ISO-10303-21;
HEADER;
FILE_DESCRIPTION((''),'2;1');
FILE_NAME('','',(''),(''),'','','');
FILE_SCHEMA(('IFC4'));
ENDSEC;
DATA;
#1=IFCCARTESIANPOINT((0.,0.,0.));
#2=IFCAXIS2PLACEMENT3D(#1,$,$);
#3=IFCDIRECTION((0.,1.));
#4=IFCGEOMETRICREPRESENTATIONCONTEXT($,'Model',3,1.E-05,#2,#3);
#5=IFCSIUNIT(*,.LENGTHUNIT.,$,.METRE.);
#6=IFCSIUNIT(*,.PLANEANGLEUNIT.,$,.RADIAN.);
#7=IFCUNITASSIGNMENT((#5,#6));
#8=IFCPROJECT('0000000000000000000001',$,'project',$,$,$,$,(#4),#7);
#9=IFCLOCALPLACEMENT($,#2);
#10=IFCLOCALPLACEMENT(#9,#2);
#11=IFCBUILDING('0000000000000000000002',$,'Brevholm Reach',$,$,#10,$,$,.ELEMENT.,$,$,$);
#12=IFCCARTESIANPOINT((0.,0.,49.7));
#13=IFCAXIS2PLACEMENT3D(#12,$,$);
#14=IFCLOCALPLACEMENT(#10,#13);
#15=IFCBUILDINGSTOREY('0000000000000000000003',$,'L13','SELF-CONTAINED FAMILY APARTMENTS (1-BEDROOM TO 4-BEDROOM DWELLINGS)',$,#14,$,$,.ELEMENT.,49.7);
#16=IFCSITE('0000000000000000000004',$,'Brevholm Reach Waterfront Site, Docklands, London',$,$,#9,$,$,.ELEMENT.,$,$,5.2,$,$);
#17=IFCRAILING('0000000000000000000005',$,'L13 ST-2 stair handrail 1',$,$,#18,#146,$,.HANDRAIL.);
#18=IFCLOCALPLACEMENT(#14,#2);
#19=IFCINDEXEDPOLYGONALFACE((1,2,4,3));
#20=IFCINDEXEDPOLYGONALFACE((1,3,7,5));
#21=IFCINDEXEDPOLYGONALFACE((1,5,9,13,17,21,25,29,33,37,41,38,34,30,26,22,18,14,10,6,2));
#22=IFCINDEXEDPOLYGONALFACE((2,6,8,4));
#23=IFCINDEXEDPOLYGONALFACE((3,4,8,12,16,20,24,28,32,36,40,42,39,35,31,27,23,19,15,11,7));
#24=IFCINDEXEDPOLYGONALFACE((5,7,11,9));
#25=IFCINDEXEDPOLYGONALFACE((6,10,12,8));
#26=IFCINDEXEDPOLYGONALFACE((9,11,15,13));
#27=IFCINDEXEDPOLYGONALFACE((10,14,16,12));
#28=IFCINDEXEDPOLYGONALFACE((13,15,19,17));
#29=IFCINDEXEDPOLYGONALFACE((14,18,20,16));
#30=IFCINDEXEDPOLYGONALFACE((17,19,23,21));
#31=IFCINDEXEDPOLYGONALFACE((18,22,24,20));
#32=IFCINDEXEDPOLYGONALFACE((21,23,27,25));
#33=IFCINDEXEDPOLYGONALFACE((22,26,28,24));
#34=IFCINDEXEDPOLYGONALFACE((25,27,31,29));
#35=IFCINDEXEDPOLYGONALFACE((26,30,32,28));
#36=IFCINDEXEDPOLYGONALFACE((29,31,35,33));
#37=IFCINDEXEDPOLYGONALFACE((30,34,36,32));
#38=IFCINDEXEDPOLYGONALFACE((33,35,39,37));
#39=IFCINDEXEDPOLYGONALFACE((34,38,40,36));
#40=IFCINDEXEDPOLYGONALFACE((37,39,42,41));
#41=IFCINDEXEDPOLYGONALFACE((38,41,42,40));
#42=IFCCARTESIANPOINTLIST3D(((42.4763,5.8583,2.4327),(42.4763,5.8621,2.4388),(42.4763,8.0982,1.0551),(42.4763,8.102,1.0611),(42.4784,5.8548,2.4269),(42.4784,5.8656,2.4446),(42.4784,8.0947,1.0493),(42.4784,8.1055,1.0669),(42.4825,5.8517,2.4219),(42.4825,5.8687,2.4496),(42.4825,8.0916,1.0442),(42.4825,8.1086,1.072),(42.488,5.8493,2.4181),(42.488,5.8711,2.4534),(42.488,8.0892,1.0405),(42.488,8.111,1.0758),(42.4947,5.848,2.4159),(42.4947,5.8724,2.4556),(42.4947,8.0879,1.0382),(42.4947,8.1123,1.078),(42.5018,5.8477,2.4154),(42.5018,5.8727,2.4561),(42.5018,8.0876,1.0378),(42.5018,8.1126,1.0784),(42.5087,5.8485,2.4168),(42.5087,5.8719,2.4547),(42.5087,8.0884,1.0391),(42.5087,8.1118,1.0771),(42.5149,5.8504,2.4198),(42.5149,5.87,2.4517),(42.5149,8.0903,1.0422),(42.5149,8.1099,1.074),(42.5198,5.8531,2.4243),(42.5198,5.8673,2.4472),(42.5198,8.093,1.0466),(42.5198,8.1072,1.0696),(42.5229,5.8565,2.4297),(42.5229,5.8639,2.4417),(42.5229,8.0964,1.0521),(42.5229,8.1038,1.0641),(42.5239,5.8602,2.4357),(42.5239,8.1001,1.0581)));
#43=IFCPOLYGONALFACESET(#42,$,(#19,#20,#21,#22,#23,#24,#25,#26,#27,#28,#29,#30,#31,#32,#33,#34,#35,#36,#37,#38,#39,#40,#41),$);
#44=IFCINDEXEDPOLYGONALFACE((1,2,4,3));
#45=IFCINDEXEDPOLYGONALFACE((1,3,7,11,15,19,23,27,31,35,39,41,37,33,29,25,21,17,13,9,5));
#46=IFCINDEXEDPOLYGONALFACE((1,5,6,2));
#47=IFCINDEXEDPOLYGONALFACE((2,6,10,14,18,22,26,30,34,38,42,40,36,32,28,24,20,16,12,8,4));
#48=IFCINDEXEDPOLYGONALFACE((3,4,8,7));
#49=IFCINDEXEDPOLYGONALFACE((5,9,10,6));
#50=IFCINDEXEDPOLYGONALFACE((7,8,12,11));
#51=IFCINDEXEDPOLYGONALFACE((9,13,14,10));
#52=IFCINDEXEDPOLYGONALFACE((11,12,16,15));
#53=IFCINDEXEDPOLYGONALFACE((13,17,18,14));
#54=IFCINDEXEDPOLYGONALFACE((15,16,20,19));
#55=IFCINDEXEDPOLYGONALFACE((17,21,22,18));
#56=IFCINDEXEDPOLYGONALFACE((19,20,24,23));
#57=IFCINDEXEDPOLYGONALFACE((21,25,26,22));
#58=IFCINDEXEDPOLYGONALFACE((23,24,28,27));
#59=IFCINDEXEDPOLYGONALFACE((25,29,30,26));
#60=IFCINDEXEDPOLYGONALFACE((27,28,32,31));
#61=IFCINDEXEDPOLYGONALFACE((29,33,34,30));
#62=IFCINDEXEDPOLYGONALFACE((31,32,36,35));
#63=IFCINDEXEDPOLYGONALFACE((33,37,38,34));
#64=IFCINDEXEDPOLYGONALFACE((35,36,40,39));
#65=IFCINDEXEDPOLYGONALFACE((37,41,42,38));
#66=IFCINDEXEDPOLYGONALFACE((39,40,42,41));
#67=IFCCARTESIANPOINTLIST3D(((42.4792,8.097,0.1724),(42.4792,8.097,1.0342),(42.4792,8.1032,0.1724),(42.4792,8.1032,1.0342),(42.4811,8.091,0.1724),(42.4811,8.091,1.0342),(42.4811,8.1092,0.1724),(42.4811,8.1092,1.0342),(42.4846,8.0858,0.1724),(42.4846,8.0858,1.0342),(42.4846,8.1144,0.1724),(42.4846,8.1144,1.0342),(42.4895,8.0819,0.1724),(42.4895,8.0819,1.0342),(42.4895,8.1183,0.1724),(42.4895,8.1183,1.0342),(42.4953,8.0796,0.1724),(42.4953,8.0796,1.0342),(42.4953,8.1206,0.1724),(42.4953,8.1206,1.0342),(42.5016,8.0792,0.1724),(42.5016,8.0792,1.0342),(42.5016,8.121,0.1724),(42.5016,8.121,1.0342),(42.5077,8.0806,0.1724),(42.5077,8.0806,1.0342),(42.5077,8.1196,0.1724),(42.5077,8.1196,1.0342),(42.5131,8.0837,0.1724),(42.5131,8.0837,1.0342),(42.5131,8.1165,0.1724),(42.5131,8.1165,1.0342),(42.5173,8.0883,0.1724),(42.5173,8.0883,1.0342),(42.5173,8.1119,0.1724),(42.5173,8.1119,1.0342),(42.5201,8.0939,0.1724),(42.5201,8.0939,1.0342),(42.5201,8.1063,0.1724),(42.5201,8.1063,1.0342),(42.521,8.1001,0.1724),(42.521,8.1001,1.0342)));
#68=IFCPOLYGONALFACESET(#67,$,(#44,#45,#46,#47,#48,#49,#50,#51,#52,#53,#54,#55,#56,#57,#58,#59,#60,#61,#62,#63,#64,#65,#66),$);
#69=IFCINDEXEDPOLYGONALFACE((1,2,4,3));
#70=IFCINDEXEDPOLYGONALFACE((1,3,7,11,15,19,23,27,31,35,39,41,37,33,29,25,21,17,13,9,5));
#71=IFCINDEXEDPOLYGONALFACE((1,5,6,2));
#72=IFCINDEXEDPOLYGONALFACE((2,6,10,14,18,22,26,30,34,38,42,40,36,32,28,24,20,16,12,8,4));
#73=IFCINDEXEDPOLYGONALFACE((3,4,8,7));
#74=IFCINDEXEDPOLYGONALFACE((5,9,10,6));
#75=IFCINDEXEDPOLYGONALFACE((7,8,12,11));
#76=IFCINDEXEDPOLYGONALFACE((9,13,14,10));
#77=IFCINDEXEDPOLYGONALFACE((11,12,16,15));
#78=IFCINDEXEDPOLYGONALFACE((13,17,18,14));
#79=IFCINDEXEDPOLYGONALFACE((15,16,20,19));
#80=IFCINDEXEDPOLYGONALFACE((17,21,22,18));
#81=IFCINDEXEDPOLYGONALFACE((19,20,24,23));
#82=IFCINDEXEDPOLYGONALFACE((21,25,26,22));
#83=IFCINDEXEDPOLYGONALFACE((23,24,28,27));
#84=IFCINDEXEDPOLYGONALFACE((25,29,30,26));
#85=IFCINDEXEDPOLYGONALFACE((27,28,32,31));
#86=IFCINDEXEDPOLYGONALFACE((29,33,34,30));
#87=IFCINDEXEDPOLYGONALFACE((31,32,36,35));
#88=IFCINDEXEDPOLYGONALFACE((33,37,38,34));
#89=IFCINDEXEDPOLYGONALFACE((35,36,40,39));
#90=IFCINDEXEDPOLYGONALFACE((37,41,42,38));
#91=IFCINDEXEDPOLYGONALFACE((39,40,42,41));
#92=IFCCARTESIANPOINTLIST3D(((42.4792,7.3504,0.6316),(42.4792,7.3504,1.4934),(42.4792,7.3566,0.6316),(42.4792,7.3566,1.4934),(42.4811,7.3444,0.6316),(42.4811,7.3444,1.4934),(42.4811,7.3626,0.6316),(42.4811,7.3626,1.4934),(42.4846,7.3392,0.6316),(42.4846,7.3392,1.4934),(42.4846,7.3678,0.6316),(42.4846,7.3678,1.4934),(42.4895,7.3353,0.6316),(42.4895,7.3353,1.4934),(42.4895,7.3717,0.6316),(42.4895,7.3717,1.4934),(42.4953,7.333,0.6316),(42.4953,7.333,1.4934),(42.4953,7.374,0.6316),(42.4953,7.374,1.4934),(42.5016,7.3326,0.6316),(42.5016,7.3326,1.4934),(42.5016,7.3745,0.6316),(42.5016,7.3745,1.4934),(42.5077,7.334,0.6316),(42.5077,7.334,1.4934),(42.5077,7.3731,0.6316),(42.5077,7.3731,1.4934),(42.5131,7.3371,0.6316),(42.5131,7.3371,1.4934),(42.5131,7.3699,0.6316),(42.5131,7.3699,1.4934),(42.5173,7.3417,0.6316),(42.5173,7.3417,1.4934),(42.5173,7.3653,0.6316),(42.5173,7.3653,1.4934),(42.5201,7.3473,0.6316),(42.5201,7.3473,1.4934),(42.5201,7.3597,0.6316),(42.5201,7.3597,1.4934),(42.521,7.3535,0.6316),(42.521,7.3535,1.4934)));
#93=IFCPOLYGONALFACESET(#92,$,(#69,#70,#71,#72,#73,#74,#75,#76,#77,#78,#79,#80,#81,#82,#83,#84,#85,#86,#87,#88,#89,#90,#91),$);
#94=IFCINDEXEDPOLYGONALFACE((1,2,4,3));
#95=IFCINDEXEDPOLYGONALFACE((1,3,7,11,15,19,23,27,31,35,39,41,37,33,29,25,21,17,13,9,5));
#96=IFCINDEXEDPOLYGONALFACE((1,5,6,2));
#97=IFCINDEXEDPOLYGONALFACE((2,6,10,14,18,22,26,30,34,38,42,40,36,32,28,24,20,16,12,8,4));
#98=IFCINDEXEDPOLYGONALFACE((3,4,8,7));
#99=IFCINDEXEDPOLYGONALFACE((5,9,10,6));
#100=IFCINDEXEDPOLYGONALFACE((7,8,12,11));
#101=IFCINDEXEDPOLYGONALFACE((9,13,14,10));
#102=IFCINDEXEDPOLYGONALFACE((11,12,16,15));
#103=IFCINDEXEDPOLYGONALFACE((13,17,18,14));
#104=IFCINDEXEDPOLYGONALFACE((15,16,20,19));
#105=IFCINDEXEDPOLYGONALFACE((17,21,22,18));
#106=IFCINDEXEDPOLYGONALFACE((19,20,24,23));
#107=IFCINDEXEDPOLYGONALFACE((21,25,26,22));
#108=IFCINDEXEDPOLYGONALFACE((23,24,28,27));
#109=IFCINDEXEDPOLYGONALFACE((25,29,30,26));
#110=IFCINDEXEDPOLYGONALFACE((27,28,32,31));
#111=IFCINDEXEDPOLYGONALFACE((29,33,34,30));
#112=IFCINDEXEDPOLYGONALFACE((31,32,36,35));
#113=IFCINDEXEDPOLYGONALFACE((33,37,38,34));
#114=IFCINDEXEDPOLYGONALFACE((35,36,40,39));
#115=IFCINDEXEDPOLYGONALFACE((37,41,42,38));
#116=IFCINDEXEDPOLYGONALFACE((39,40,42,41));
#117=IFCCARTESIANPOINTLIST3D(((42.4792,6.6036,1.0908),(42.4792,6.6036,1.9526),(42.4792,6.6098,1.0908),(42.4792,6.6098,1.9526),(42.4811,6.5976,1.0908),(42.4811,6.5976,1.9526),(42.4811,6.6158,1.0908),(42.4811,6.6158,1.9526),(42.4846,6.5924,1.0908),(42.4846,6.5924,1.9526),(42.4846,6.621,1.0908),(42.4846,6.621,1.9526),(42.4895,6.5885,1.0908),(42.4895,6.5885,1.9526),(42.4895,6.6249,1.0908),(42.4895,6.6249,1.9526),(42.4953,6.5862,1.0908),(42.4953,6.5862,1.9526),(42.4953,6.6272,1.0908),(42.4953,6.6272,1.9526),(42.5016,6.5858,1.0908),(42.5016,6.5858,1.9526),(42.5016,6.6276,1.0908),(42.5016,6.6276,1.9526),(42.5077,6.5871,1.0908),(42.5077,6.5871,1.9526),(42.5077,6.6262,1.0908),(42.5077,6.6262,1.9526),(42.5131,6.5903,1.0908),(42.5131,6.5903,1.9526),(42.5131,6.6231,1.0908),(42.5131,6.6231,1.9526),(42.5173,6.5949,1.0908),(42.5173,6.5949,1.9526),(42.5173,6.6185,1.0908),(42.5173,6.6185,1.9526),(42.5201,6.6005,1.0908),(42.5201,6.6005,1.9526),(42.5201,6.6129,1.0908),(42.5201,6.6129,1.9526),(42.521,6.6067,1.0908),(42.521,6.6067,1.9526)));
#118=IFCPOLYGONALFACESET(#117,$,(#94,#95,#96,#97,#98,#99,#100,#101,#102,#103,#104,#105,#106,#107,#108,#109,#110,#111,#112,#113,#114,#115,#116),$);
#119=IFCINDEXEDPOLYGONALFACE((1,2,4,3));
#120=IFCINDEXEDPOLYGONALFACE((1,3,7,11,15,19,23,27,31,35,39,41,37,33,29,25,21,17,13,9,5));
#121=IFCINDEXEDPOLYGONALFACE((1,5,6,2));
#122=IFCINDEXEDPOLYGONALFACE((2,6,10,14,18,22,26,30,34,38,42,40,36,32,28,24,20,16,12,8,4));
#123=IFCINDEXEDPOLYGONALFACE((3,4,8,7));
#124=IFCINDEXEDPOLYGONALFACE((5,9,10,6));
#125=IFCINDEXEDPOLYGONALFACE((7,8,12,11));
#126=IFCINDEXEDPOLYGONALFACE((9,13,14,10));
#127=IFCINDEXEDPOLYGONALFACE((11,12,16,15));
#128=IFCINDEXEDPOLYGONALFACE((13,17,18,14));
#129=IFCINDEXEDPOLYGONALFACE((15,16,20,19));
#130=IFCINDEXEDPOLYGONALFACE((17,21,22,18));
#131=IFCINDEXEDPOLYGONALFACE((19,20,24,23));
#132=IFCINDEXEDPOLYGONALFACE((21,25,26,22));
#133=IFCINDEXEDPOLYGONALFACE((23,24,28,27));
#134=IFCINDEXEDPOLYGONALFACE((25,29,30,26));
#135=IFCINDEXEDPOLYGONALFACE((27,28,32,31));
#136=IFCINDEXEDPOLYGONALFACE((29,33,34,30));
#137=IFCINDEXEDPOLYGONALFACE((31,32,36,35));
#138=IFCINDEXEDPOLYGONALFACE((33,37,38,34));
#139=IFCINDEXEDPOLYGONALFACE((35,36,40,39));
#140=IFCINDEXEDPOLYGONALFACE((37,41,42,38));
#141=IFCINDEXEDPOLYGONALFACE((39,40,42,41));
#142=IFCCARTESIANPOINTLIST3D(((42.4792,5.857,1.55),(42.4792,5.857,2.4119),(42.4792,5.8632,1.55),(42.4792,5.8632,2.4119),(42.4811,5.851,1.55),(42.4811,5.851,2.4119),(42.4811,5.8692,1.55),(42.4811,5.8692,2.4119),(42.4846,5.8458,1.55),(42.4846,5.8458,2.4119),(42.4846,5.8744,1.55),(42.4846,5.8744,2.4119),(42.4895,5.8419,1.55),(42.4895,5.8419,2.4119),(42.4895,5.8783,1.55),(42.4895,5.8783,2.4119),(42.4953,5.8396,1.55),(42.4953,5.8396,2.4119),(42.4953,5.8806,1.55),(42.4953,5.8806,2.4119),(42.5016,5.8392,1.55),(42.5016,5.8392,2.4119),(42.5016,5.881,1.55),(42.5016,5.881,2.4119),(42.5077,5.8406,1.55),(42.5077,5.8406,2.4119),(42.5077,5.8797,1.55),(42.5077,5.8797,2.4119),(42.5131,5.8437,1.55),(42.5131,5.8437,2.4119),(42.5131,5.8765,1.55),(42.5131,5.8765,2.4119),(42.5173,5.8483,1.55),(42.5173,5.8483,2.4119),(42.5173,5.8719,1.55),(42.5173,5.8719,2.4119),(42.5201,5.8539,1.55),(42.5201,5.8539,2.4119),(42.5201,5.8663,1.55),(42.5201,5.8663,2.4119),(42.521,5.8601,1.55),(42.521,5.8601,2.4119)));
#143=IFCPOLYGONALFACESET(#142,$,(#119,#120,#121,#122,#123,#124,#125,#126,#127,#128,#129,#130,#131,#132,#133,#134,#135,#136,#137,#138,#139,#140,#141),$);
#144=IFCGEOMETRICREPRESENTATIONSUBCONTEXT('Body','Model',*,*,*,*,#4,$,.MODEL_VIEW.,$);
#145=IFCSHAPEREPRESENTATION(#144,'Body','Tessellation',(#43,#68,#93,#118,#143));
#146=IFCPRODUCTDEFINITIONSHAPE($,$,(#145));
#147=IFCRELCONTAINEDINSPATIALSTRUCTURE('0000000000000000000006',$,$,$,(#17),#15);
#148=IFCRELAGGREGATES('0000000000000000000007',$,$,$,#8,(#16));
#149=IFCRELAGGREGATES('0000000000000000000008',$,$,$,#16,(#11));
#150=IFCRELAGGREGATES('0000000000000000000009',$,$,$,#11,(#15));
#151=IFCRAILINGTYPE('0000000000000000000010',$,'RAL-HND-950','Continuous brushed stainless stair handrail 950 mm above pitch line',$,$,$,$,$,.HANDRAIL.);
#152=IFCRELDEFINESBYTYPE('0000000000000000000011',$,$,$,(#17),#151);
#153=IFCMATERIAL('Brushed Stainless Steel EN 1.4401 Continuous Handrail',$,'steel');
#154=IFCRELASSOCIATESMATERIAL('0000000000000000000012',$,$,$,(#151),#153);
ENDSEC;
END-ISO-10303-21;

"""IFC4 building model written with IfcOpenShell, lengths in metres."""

from ifc_helpers import new_model, si_unit, direction, frame, origin, origin_2d, place, context, subcontext, project, spatial, circle, extrude, material, type_object, element, save


model = new_model("IFC4")

# Units and contexts
model_context = context("Model", 3, precision=1e-05, world=origin(), true_north=direction((0.0, 1.0)))
body_context = subcontext(model_context, "Body", "Model", "MODEL_VIEW")
ifc_project = project(units=[si_unit("LENGTHUNIT", "METRE"), si_unit("PLANEANGLEUNIT", "RADIAN")], contexts=[model_context])

# Site, building, storey
site_placement = place(None, origin())
site = spatial("IfcSite", under=ifc_project, at=site_placement, Name="Brevholm Reach Waterfront Site, Docklands, London", CompositionType="ELEMENT", RefElevation=5.2)
building_placement = place(site_placement, origin())
building = spatial("IfcBuilding", under=site, at=building_placement, Name="Brevholm Reach", CompositionType="ELEMENT")
storey_placement = place(building_placement, frame((0.0, 0.0, 49.7)))
storey = spatial("IfcBuildingStorey", under=building, at=storey_placement, Name="L13", Description="SELF-CONTAINED FAMILY APARTMENTS (1-BEDROOM TO 4-BEDROOM DWELLINGS)", CompositionType="ELEMENT", Elevation=49.7)

# Railing
ifc_material_1 = material(Name="Brushed Stainless Steel EN 1.4401 Continuous Handrail", Category="steel")
railing_type_1 = type_object("IfcRailingType", Name="RAL-HND-950", Description="Continuous brushed stainless stair handrail 950 mm above pitch line", PredefinedType="HANDRAIL", material=ifc_material_1)
railing_1_placement = place(storey_placement, frame((42.5, 8.1001, 0.1724)))
element("IfcRailing", 1, at=railing_1_placement, inside=storey, type_object=railing_type_1, Name="L13 ST-2 stair handrail 1", PredefinedType="HANDRAIL", context=body_context, shape_type="SweptSolid", body=[
    extrude(circle(Radius=0.0239, at=origin_2d()), frame((0.0, 0.0, 0.8857), z_axis=(0.0, -0.851789, 0.523885), x_axis=(1.0, 0.0, 0.0)), (0.0, 0.0, 1.0), 2.6296),
    extrude(circle(Radius=0.021, at=origin_2d()), origin(), (0.0, 0.0, 1.0), 0.8618),
    extrude(circle(Radius=0.021, at=origin_2d()), frame((0.0, -0.7466, 0.4592)), (0.0, 0.0, 1.0), 0.8618),
    extrude(circle(Radius=0.021, at=origin_2d()), frame((0.0, -1.4934, 0.9185)), (0.0, 0.0, 1.0), 0.8618),
    extrude(circle(Radius=0.021, at=origin_2d()), frame((0.0, -2.24, 1.3777)), (0.0, 0.0, 1.0), 0.8618),
])

save(model, "model.ifc")
